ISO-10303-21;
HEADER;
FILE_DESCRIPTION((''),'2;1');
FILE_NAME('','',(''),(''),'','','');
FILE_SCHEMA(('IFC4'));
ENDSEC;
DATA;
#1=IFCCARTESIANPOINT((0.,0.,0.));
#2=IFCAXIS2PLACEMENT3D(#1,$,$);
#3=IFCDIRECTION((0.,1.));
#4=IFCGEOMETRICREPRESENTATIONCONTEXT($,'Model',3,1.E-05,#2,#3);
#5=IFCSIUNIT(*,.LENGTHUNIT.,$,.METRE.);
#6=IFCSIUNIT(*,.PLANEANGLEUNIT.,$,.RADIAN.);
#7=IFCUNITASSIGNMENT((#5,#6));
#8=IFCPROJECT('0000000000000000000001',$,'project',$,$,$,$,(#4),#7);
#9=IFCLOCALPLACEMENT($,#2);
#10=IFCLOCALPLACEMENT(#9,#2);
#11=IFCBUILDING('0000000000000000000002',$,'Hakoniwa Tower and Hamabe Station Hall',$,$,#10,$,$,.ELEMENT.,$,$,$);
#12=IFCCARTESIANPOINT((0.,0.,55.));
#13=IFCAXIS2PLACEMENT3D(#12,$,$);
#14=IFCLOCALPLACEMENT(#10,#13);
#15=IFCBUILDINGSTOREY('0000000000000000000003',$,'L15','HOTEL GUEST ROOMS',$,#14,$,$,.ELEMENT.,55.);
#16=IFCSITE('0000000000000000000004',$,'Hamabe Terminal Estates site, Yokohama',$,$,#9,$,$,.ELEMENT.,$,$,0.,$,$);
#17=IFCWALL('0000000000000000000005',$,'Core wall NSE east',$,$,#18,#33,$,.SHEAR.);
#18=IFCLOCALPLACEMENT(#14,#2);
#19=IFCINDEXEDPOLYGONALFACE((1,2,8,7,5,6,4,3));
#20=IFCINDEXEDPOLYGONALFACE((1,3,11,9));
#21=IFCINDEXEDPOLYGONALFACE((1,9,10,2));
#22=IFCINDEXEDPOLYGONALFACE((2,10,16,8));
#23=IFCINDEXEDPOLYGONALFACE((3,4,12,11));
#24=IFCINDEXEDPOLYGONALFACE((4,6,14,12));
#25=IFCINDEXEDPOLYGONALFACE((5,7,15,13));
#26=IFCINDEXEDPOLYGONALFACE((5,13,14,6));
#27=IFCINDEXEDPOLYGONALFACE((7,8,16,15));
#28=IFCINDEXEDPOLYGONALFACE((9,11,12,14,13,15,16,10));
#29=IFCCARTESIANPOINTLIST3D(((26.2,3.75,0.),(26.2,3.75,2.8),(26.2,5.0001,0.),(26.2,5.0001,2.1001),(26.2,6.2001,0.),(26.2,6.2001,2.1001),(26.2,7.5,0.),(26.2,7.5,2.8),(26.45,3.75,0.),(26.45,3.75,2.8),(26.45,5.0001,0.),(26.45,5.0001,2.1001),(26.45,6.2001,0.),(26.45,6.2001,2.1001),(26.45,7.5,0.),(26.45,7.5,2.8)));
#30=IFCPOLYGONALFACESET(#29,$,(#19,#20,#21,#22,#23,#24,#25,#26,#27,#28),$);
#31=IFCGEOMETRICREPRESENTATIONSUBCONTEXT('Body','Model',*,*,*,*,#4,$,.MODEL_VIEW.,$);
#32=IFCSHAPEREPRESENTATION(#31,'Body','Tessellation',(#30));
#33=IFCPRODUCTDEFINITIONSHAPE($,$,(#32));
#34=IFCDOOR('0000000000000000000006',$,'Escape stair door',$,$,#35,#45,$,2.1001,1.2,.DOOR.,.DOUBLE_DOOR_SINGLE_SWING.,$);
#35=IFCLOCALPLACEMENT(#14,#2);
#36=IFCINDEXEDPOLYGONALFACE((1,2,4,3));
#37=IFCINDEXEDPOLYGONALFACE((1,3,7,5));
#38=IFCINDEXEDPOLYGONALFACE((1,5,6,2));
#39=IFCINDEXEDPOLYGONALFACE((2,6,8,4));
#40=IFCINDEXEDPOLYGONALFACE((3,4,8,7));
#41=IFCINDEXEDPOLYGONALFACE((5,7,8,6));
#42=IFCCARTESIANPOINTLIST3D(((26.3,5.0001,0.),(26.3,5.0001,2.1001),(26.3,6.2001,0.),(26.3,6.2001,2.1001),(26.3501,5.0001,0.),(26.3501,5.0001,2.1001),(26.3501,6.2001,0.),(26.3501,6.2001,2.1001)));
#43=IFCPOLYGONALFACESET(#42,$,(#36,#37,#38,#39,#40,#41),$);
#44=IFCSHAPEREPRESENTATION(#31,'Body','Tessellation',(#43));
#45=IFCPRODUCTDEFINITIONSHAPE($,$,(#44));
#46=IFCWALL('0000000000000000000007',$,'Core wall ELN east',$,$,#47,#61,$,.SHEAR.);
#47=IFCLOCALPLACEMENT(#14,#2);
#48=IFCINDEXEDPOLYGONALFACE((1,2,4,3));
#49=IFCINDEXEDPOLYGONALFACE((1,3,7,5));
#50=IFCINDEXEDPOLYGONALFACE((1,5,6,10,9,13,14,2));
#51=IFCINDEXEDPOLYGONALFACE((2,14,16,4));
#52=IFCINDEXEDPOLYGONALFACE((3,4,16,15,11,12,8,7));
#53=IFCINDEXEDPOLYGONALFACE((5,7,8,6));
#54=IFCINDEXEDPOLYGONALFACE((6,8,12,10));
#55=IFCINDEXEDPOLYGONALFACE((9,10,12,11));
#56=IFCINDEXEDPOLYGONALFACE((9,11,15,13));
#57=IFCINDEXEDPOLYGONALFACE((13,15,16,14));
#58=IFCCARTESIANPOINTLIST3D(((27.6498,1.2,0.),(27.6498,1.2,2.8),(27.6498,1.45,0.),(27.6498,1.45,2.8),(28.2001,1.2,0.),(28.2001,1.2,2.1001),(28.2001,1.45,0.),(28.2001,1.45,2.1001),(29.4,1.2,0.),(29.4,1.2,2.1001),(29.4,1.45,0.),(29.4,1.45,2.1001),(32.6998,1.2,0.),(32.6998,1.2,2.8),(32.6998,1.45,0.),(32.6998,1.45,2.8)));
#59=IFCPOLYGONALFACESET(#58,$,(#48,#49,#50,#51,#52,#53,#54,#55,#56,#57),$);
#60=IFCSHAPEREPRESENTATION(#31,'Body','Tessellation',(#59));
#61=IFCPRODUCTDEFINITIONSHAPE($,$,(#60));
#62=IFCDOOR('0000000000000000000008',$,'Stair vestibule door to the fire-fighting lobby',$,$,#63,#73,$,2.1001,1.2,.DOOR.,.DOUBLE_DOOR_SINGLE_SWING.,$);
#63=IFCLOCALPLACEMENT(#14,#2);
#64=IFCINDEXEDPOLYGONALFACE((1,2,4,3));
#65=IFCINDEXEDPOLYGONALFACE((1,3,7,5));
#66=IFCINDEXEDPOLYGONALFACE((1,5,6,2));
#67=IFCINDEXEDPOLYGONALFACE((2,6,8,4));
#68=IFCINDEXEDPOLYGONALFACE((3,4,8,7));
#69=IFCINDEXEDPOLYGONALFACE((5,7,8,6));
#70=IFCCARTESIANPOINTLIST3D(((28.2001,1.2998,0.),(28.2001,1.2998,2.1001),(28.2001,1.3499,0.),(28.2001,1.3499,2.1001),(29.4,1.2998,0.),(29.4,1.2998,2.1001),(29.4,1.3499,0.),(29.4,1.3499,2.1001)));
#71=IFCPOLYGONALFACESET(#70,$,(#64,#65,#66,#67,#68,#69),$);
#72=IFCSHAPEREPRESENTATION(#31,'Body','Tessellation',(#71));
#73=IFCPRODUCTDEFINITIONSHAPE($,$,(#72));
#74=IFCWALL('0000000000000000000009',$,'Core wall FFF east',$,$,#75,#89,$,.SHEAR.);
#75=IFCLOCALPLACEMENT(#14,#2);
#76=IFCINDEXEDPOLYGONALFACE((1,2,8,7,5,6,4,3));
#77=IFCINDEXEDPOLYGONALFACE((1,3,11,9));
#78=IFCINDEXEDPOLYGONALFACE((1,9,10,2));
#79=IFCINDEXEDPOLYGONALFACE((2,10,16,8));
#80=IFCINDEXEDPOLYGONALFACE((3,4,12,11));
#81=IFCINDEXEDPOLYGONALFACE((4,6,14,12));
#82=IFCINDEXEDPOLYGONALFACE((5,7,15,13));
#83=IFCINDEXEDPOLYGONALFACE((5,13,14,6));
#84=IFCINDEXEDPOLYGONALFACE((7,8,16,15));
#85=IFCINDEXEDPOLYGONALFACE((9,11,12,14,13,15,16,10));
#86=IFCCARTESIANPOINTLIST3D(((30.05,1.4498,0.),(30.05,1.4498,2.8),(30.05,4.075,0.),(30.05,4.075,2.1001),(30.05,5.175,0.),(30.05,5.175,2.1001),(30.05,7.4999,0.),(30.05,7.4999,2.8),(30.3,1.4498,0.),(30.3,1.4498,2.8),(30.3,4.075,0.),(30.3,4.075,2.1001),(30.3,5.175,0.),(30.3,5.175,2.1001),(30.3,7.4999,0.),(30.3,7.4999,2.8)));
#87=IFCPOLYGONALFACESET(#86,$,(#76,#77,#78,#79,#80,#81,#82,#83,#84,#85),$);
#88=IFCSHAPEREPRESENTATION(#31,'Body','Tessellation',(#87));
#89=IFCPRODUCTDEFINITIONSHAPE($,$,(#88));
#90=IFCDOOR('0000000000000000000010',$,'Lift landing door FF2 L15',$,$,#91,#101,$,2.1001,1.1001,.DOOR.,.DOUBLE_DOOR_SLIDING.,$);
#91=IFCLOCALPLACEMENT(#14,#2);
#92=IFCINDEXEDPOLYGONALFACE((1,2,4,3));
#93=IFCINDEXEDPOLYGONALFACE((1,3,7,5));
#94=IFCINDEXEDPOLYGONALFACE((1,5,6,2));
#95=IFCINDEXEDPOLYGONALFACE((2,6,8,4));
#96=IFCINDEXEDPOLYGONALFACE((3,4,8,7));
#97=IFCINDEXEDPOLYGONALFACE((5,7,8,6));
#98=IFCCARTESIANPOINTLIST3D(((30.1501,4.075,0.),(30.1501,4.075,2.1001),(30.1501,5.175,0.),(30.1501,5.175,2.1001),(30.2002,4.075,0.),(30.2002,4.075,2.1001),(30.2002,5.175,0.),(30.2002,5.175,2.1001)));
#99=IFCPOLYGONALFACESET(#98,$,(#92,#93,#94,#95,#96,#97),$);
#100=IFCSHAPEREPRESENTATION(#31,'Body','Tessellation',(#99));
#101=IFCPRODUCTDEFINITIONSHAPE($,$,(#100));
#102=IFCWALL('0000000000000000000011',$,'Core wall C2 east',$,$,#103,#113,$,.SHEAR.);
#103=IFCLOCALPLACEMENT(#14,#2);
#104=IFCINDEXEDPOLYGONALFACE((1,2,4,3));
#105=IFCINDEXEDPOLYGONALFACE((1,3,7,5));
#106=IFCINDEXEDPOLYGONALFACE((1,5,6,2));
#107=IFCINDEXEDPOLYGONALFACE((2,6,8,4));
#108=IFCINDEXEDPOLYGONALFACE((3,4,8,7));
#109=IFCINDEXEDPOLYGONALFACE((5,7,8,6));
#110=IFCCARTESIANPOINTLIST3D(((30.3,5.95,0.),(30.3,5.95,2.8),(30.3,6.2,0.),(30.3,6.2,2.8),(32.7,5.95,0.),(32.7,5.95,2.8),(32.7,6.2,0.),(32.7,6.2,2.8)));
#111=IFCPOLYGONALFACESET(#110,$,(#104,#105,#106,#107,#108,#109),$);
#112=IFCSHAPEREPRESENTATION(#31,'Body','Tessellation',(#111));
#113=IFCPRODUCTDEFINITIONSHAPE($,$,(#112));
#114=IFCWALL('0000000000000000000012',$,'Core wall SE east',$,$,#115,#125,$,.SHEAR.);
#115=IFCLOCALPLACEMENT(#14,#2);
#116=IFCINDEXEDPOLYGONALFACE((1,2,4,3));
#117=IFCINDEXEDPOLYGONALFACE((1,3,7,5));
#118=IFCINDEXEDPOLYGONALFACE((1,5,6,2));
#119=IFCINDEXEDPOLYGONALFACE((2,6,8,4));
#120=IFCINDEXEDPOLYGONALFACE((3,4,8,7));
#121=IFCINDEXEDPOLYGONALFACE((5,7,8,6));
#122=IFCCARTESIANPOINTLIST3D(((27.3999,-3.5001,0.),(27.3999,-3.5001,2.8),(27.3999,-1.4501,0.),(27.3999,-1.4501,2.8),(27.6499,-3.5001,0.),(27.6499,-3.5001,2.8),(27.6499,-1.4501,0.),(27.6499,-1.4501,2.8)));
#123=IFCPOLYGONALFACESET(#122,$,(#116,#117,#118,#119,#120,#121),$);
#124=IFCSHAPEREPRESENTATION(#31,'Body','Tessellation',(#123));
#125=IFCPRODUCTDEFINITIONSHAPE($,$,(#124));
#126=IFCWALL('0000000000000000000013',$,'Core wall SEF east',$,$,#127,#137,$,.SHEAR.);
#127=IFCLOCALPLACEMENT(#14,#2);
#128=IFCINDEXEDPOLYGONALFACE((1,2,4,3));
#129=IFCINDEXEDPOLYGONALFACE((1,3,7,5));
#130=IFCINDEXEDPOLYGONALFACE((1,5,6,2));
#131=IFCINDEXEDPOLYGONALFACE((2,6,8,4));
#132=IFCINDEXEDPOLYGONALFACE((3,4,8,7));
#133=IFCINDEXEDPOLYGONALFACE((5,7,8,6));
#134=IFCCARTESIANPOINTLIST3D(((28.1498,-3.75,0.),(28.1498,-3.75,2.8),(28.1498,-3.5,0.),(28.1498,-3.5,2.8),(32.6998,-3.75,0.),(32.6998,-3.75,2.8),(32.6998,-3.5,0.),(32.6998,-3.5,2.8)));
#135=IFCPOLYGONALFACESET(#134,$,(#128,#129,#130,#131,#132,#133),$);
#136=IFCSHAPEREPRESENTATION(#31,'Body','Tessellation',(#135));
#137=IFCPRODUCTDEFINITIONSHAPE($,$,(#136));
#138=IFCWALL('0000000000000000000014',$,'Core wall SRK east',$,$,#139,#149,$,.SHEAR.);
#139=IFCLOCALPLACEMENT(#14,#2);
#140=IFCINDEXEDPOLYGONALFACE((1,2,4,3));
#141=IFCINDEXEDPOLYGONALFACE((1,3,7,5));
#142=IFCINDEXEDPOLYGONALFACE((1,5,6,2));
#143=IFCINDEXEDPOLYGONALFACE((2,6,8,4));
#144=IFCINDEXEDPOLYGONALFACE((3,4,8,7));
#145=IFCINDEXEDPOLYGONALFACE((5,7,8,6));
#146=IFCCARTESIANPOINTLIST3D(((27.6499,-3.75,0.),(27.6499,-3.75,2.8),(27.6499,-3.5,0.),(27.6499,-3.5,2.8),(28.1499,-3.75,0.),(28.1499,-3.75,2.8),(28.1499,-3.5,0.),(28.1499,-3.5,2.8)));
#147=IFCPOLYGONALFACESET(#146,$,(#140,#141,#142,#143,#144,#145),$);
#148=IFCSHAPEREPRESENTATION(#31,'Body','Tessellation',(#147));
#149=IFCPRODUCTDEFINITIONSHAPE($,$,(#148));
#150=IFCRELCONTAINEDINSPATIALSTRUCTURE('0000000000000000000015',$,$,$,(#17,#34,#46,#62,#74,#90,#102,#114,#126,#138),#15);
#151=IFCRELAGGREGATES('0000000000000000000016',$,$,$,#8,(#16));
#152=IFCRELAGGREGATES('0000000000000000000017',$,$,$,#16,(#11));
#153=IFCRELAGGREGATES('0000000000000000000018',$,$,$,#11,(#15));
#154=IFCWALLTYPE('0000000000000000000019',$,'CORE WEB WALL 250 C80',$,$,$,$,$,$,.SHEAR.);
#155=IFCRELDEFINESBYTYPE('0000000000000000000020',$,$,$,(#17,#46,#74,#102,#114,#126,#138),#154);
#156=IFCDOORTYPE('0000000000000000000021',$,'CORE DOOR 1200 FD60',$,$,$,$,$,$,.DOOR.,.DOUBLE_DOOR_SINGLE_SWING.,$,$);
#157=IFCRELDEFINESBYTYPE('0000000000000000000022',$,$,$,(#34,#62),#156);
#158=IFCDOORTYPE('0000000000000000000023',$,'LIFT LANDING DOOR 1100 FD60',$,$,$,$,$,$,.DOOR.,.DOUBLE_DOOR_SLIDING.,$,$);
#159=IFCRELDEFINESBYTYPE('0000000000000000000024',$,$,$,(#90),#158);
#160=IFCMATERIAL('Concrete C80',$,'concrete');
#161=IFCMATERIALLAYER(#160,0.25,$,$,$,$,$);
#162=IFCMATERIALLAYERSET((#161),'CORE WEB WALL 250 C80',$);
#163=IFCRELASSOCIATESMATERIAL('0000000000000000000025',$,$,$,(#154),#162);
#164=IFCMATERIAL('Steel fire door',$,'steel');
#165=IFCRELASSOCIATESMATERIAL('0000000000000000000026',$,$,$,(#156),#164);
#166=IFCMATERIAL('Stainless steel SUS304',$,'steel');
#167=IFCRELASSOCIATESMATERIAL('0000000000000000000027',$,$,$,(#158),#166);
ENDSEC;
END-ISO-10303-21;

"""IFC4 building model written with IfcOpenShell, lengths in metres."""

from ifc_helpers import new_model, si_unit, direction, frame, frame_2d, origin, place, context, subcontext, project, spatial, rectangle, extrude, material, layer, layer_set, type_object, element, fill, save


model = new_model("IFC4")

# Units and contexts
model_context = context("Model", 3, precision=1e-05, world=origin(), true_north=direction((0.0, 1.0)))
body_context = subcontext(model_context, "Body", "Model", "MODEL_VIEW")
ifc_project = project(units=[si_unit("LENGTHUNIT", "METRE"), si_unit("PLANEANGLEUNIT", "RADIAN")], contexts=[model_context])

# Site, building, storey
site_placement = place(None, origin())
site = spatial("IfcSite", under=ifc_project, at=site_placement, Name="Hamabe Terminal Estates site, Yokohama", CompositionType="ELEMENT", RefElevation=0.0)
building_placement = place(site_placement, origin())
building = spatial("IfcBuilding", under=site, at=building_placement, Name="Hakoniwa Tower and Hamabe Station Hall", CompositionType="ELEMENT")
storey_placement = place(building_placement, frame((0.0, 0.0, 55.0)))
storey = spatial("IfcBuildingStorey", under=building, at=storey_placement, Name="L15", Description="HOTEL GUEST ROOMS", CompositionType="ELEMENT", Elevation=55.0)

# Shared definitions
ifc_material_1 = material(Name="Concrete C80", Category="concrete")
ifc_layer_1 = layer(ifc_material_1, 0.25)
ifc_layer_set_1 = layer_set([ifc_layer_1], Name="CORE WEB WALL 250 C80")
wall_type_1 = type_object("IfcWallType", Name="CORE WEB WALL 250 C80", PredefinedType="SHEAR", material=ifc_layer_set_1)

# Walls, openings, doors
wall_1_placement = place(storey_placement, frame((26.325, 3.75, 0.0), z_axis=(0.0, 0.0, 1.0), x_axis=(0.0, 1.0, 0.0)))
wall_1 = element("IfcWall", 1, at=wall_1_placement, inside=storey, type_object=wall_type_1, Name="Core wall NSE east", PredefinedType="SHEAR", context=body_context, shape_type="SweptSolid", body=[
    extrude(rectangle(XDim=3.75, YDim=0.25, at=frame_2d((1.875, 0.0))), origin(), (0.0, 0.0, 1.0), 2.8),
])
opening_1_placement = place(wall_1_placement, frame((1.25, 0.0, 0.0)))
opening_1 = element("IfcOpeningElement", 2, at=opening_1_placement, cuts=wall_1, PredefinedType="OPENING", context=body_context, shape_type="SweptSolid", body=[
    extrude(rectangle(XDim=1.2, YDim=2.1001, at=frame_2d((0.6001, 1.05))), frame((0.0, 0.135, 0.0), z_axis=(0.0, -1.0, 0.0), x_axis=(1.0, 0.0, 0.0)), (0.0, 0.0, 1.0), 0.27),
])
ifc_material_2 = material(Name="Steel fire door", Category="steel")
door_type_1 = type_object("IfcDoorType", Name="CORE DOOR 1200 FD60", OperationType="DOUBLE_DOOR_SINGLE_SWING", PredefinedType="DOOR", material=ifc_material_2)
door_1_placement = place(opening_1_placement, origin())
door_1 = element("IfcDoor", 3, at=door_1_placement, inside=storey, type_object=door_type_1, Name="Escape stair door", OperationType="DOUBLE_DOOR_SINGLE_SWING", OverallHeight=2.1001, OverallWidth=1.2, PredefinedType="DOOR", context=body_context, shape_type="SweptSolid", body=[
    extrude(rectangle(XDim=1.2, YDim=2.1001, at=frame_2d((0.6001, 1.05))), frame((0.0, 0.0249, 0.0), z_axis=(0.0, -1.0, 0.0), x_axis=(1.0, 0.0, 0.0)), (0.0, 0.0, 1.0), 0.05),
])
fill(opening_1, door_1)
wall_2_placement = place(storey_placement, frame((27.6499, 1.325, 0.0), z_axis=(0.0, 0.0, 1.0), x_axis=(1.0, 0.0, 0.0)))
wall_2 = element("IfcWall", 4, at=wall_2_placement, inside=storey, type_object=wall_type_1, Name="Core wall ELN east", PredefinedType="SHEAR", context=body_context, shape_type="SweptSolid", body=[
    extrude(rectangle(XDim=5.05, YDim=0.25, at=frame_2d((2.5249, 0.0))), origin(), (0.0, 0.0, 1.0), 2.8),
])
opening_2_placement = place(wall_2_placement, frame((0.55, 0.0, 0.0)))
opening_2 = element("IfcOpeningElement", 5, at=opening_2_placement, cuts=wall_2, PredefinedType="OPENING", context=body_context, shape_type="SweptSolid", body=[
    extrude(rectangle(XDim=1.2, YDim=2.1001, at=frame_2d((0.6001, 1.05))), frame((0.0, 0.135, 0.0), z_axis=(0.0, -1.0, 0.0), x_axis=(1.0, 0.0, 0.0)), (0.0, 0.0, 1.0), 0.27),
])
door_2_placement = place(opening_2_placement, origin())
door_2 = element("IfcDoor", 6, at=door_2_placement, inside=storey, type_object=door_type_1, Name="Stair vestibule door to the fire-fighting lobby", OperationType="DOUBLE_DOOR_SINGLE_SWING", OverallHeight=2.1001, OverallWidth=1.2, PredefinedType="DOOR", context=body_context, shape_type="SweptSolid", body=[
    extrude(rectangle(XDim=1.2, YDim=2.1001, at=frame_2d((0.6001, 1.05))), frame((0.0, 0.0249, 0.0), z_axis=(0.0, -1.0, 0.0), x_axis=(1.0, 0.0, 0.0)), (0.0, 0.0, 1.0), 0.05),
])
fill(opening_2, door_2)
wall_3_placement = place(storey_placement, frame((30.175, 1.45, 0.0), z_axis=(0.0, 0.0, 1.0), x_axis=(0.0, 1.0, 0.0)))
wall_3 = element("IfcWall", 7, at=wall_3_placement, inside=storey, type_object=wall_type_1, Name="Core wall FFF east", PredefinedType="SHEAR", context=body_context, shape_type="SweptSolid", body=[
    extrude(rectangle(XDim=6.05, YDim=0.25, at=frame_2d((3.0249, 0.0))), origin(), (0.0, 0.0, 1.0), 2.8),
])
opening_3_placement = place(wall_3_placement, frame((2.625, 0.0, 0.0)))
opening_3 = element("IfcOpeningElement", 8, at=opening_3_placement, cuts=wall_3, PredefinedType="OPENING", context=body_context, shape_type="SweptSolid", body=[
    extrude(rectangle(XDim=1.1001, YDim=2.1001, at=frame_2d((0.55, 1.05))), frame((0.0, 0.135, 0.0), z_axis=(0.0, -1.0, 0.0), x_axis=(1.0, 0.0, 0.0)), (0.0, 0.0, 1.0), 0.27),
])
ifc_material_3 = material(Name="Stainless steel SUS304", Category="steel")
door_type_2 = type_object("IfcDoorType", Name="LIFT LANDING DOOR 1100 FD60", OperationType="DOUBLE_DOOR_SLIDING", PredefinedType="DOOR", material=ifc_material_3)
door_3_placement = place(opening_3_placement, origin())
door_3 = element("IfcDoor", 9, at=door_3_placement, inside=storey, type_object=door_type_2, Name="Lift landing door FF2 L15", OperationType="DOUBLE_DOOR_SLIDING", OverallHeight=2.1001, OverallWidth=1.1001, PredefinedType="DOOR", context=body_context, shape_type="SweptSolid", body=[
    extrude(rectangle(XDim=1.1001, YDim=2.1001, at=frame_2d((0.55, 1.05))), frame((0.0, 0.0249, 0.0), z_axis=(0.0, -1.0, 0.0), x_axis=(1.0, 0.0, 0.0)), (0.0, 0.0, 1.0), 0.05),
])
fill(opening_3, door_3)

# Walls
wall_4_placement = place(storey_placement, frame((30.3, 6.075, 0.0), z_axis=(0.0, 0.0, 1.0), x_axis=(1.0, 0.0, 0.0)))
element("IfcWall", 10, at=wall_4_placement, inside=storey, type_object=wall_type_1, Name="Core wall C2 east", PredefinedType="SHEAR", context=body_context, shape_type="SweptSolid", body=[
    extrude(rectangle(XDim=2.3999, YDim=0.25, at=frame_2d((1.2, 0.0))), origin(), (0.0, 0.0, 1.0), 2.8),
])
wall_5_placement = place(storey_placement, frame((27.5249, -3.5, 0.0), z_axis=(0.0, 0.0, 1.0), x_axis=(0.0, 1.0, 0.0)))
element("IfcWall", 11, at=wall_5_placement, inside=storey, type_object=wall_type_1, Name="Core wall SE east", PredefinedType="SHEAR", context=body_context, shape_type="SweptSolid", body=[
    extrude(rectangle(XDim=2.05, YDim=0.25, at=frame_2d((1.0249, 0.0))), origin(), (0.0, 0.0, 1.0), 2.8),
])
wall_6_placement = place(storey_placement, frame((28.1499, -3.625, 0.0), z_axis=(0.0, 0.0, 1.0), x_axis=(1.0, 0.0, 0.0)))
element("IfcWall", 12, at=wall_6_placement, inside=storey, type_object=wall_type_1, Name="Core wall SEF east", PredefinedType="SHEAR", context=body_context, shape_type="SweptSolid", body=[
    extrude(rectangle(XDim=4.55, YDim=0.25, at=frame_2d((2.2749, 0.0))), origin(), (0.0, 0.0, 1.0), 2.8),
])
wall_7_placement = place(storey_placement, frame((27.6499, -3.625, 0.0), z_axis=(0.0, 0.0, 1.0), x_axis=(1.0, 0.0, 0.0)))
element("IfcWall", 13, at=wall_7_placement, inside=storey, type_object=wall_type_1, Name="Core wall SRK east", PredefinedType="SHEAR", context=body_context, shape_type="SweptSolid", body=[
    extrude(rectangle(XDim=0.5, YDim=0.25, at=frame_2d((0.25, 0.0))), origin(), (0.0, 0.0, 1.0), 2.8),
])

save(model, "model.ifc")
